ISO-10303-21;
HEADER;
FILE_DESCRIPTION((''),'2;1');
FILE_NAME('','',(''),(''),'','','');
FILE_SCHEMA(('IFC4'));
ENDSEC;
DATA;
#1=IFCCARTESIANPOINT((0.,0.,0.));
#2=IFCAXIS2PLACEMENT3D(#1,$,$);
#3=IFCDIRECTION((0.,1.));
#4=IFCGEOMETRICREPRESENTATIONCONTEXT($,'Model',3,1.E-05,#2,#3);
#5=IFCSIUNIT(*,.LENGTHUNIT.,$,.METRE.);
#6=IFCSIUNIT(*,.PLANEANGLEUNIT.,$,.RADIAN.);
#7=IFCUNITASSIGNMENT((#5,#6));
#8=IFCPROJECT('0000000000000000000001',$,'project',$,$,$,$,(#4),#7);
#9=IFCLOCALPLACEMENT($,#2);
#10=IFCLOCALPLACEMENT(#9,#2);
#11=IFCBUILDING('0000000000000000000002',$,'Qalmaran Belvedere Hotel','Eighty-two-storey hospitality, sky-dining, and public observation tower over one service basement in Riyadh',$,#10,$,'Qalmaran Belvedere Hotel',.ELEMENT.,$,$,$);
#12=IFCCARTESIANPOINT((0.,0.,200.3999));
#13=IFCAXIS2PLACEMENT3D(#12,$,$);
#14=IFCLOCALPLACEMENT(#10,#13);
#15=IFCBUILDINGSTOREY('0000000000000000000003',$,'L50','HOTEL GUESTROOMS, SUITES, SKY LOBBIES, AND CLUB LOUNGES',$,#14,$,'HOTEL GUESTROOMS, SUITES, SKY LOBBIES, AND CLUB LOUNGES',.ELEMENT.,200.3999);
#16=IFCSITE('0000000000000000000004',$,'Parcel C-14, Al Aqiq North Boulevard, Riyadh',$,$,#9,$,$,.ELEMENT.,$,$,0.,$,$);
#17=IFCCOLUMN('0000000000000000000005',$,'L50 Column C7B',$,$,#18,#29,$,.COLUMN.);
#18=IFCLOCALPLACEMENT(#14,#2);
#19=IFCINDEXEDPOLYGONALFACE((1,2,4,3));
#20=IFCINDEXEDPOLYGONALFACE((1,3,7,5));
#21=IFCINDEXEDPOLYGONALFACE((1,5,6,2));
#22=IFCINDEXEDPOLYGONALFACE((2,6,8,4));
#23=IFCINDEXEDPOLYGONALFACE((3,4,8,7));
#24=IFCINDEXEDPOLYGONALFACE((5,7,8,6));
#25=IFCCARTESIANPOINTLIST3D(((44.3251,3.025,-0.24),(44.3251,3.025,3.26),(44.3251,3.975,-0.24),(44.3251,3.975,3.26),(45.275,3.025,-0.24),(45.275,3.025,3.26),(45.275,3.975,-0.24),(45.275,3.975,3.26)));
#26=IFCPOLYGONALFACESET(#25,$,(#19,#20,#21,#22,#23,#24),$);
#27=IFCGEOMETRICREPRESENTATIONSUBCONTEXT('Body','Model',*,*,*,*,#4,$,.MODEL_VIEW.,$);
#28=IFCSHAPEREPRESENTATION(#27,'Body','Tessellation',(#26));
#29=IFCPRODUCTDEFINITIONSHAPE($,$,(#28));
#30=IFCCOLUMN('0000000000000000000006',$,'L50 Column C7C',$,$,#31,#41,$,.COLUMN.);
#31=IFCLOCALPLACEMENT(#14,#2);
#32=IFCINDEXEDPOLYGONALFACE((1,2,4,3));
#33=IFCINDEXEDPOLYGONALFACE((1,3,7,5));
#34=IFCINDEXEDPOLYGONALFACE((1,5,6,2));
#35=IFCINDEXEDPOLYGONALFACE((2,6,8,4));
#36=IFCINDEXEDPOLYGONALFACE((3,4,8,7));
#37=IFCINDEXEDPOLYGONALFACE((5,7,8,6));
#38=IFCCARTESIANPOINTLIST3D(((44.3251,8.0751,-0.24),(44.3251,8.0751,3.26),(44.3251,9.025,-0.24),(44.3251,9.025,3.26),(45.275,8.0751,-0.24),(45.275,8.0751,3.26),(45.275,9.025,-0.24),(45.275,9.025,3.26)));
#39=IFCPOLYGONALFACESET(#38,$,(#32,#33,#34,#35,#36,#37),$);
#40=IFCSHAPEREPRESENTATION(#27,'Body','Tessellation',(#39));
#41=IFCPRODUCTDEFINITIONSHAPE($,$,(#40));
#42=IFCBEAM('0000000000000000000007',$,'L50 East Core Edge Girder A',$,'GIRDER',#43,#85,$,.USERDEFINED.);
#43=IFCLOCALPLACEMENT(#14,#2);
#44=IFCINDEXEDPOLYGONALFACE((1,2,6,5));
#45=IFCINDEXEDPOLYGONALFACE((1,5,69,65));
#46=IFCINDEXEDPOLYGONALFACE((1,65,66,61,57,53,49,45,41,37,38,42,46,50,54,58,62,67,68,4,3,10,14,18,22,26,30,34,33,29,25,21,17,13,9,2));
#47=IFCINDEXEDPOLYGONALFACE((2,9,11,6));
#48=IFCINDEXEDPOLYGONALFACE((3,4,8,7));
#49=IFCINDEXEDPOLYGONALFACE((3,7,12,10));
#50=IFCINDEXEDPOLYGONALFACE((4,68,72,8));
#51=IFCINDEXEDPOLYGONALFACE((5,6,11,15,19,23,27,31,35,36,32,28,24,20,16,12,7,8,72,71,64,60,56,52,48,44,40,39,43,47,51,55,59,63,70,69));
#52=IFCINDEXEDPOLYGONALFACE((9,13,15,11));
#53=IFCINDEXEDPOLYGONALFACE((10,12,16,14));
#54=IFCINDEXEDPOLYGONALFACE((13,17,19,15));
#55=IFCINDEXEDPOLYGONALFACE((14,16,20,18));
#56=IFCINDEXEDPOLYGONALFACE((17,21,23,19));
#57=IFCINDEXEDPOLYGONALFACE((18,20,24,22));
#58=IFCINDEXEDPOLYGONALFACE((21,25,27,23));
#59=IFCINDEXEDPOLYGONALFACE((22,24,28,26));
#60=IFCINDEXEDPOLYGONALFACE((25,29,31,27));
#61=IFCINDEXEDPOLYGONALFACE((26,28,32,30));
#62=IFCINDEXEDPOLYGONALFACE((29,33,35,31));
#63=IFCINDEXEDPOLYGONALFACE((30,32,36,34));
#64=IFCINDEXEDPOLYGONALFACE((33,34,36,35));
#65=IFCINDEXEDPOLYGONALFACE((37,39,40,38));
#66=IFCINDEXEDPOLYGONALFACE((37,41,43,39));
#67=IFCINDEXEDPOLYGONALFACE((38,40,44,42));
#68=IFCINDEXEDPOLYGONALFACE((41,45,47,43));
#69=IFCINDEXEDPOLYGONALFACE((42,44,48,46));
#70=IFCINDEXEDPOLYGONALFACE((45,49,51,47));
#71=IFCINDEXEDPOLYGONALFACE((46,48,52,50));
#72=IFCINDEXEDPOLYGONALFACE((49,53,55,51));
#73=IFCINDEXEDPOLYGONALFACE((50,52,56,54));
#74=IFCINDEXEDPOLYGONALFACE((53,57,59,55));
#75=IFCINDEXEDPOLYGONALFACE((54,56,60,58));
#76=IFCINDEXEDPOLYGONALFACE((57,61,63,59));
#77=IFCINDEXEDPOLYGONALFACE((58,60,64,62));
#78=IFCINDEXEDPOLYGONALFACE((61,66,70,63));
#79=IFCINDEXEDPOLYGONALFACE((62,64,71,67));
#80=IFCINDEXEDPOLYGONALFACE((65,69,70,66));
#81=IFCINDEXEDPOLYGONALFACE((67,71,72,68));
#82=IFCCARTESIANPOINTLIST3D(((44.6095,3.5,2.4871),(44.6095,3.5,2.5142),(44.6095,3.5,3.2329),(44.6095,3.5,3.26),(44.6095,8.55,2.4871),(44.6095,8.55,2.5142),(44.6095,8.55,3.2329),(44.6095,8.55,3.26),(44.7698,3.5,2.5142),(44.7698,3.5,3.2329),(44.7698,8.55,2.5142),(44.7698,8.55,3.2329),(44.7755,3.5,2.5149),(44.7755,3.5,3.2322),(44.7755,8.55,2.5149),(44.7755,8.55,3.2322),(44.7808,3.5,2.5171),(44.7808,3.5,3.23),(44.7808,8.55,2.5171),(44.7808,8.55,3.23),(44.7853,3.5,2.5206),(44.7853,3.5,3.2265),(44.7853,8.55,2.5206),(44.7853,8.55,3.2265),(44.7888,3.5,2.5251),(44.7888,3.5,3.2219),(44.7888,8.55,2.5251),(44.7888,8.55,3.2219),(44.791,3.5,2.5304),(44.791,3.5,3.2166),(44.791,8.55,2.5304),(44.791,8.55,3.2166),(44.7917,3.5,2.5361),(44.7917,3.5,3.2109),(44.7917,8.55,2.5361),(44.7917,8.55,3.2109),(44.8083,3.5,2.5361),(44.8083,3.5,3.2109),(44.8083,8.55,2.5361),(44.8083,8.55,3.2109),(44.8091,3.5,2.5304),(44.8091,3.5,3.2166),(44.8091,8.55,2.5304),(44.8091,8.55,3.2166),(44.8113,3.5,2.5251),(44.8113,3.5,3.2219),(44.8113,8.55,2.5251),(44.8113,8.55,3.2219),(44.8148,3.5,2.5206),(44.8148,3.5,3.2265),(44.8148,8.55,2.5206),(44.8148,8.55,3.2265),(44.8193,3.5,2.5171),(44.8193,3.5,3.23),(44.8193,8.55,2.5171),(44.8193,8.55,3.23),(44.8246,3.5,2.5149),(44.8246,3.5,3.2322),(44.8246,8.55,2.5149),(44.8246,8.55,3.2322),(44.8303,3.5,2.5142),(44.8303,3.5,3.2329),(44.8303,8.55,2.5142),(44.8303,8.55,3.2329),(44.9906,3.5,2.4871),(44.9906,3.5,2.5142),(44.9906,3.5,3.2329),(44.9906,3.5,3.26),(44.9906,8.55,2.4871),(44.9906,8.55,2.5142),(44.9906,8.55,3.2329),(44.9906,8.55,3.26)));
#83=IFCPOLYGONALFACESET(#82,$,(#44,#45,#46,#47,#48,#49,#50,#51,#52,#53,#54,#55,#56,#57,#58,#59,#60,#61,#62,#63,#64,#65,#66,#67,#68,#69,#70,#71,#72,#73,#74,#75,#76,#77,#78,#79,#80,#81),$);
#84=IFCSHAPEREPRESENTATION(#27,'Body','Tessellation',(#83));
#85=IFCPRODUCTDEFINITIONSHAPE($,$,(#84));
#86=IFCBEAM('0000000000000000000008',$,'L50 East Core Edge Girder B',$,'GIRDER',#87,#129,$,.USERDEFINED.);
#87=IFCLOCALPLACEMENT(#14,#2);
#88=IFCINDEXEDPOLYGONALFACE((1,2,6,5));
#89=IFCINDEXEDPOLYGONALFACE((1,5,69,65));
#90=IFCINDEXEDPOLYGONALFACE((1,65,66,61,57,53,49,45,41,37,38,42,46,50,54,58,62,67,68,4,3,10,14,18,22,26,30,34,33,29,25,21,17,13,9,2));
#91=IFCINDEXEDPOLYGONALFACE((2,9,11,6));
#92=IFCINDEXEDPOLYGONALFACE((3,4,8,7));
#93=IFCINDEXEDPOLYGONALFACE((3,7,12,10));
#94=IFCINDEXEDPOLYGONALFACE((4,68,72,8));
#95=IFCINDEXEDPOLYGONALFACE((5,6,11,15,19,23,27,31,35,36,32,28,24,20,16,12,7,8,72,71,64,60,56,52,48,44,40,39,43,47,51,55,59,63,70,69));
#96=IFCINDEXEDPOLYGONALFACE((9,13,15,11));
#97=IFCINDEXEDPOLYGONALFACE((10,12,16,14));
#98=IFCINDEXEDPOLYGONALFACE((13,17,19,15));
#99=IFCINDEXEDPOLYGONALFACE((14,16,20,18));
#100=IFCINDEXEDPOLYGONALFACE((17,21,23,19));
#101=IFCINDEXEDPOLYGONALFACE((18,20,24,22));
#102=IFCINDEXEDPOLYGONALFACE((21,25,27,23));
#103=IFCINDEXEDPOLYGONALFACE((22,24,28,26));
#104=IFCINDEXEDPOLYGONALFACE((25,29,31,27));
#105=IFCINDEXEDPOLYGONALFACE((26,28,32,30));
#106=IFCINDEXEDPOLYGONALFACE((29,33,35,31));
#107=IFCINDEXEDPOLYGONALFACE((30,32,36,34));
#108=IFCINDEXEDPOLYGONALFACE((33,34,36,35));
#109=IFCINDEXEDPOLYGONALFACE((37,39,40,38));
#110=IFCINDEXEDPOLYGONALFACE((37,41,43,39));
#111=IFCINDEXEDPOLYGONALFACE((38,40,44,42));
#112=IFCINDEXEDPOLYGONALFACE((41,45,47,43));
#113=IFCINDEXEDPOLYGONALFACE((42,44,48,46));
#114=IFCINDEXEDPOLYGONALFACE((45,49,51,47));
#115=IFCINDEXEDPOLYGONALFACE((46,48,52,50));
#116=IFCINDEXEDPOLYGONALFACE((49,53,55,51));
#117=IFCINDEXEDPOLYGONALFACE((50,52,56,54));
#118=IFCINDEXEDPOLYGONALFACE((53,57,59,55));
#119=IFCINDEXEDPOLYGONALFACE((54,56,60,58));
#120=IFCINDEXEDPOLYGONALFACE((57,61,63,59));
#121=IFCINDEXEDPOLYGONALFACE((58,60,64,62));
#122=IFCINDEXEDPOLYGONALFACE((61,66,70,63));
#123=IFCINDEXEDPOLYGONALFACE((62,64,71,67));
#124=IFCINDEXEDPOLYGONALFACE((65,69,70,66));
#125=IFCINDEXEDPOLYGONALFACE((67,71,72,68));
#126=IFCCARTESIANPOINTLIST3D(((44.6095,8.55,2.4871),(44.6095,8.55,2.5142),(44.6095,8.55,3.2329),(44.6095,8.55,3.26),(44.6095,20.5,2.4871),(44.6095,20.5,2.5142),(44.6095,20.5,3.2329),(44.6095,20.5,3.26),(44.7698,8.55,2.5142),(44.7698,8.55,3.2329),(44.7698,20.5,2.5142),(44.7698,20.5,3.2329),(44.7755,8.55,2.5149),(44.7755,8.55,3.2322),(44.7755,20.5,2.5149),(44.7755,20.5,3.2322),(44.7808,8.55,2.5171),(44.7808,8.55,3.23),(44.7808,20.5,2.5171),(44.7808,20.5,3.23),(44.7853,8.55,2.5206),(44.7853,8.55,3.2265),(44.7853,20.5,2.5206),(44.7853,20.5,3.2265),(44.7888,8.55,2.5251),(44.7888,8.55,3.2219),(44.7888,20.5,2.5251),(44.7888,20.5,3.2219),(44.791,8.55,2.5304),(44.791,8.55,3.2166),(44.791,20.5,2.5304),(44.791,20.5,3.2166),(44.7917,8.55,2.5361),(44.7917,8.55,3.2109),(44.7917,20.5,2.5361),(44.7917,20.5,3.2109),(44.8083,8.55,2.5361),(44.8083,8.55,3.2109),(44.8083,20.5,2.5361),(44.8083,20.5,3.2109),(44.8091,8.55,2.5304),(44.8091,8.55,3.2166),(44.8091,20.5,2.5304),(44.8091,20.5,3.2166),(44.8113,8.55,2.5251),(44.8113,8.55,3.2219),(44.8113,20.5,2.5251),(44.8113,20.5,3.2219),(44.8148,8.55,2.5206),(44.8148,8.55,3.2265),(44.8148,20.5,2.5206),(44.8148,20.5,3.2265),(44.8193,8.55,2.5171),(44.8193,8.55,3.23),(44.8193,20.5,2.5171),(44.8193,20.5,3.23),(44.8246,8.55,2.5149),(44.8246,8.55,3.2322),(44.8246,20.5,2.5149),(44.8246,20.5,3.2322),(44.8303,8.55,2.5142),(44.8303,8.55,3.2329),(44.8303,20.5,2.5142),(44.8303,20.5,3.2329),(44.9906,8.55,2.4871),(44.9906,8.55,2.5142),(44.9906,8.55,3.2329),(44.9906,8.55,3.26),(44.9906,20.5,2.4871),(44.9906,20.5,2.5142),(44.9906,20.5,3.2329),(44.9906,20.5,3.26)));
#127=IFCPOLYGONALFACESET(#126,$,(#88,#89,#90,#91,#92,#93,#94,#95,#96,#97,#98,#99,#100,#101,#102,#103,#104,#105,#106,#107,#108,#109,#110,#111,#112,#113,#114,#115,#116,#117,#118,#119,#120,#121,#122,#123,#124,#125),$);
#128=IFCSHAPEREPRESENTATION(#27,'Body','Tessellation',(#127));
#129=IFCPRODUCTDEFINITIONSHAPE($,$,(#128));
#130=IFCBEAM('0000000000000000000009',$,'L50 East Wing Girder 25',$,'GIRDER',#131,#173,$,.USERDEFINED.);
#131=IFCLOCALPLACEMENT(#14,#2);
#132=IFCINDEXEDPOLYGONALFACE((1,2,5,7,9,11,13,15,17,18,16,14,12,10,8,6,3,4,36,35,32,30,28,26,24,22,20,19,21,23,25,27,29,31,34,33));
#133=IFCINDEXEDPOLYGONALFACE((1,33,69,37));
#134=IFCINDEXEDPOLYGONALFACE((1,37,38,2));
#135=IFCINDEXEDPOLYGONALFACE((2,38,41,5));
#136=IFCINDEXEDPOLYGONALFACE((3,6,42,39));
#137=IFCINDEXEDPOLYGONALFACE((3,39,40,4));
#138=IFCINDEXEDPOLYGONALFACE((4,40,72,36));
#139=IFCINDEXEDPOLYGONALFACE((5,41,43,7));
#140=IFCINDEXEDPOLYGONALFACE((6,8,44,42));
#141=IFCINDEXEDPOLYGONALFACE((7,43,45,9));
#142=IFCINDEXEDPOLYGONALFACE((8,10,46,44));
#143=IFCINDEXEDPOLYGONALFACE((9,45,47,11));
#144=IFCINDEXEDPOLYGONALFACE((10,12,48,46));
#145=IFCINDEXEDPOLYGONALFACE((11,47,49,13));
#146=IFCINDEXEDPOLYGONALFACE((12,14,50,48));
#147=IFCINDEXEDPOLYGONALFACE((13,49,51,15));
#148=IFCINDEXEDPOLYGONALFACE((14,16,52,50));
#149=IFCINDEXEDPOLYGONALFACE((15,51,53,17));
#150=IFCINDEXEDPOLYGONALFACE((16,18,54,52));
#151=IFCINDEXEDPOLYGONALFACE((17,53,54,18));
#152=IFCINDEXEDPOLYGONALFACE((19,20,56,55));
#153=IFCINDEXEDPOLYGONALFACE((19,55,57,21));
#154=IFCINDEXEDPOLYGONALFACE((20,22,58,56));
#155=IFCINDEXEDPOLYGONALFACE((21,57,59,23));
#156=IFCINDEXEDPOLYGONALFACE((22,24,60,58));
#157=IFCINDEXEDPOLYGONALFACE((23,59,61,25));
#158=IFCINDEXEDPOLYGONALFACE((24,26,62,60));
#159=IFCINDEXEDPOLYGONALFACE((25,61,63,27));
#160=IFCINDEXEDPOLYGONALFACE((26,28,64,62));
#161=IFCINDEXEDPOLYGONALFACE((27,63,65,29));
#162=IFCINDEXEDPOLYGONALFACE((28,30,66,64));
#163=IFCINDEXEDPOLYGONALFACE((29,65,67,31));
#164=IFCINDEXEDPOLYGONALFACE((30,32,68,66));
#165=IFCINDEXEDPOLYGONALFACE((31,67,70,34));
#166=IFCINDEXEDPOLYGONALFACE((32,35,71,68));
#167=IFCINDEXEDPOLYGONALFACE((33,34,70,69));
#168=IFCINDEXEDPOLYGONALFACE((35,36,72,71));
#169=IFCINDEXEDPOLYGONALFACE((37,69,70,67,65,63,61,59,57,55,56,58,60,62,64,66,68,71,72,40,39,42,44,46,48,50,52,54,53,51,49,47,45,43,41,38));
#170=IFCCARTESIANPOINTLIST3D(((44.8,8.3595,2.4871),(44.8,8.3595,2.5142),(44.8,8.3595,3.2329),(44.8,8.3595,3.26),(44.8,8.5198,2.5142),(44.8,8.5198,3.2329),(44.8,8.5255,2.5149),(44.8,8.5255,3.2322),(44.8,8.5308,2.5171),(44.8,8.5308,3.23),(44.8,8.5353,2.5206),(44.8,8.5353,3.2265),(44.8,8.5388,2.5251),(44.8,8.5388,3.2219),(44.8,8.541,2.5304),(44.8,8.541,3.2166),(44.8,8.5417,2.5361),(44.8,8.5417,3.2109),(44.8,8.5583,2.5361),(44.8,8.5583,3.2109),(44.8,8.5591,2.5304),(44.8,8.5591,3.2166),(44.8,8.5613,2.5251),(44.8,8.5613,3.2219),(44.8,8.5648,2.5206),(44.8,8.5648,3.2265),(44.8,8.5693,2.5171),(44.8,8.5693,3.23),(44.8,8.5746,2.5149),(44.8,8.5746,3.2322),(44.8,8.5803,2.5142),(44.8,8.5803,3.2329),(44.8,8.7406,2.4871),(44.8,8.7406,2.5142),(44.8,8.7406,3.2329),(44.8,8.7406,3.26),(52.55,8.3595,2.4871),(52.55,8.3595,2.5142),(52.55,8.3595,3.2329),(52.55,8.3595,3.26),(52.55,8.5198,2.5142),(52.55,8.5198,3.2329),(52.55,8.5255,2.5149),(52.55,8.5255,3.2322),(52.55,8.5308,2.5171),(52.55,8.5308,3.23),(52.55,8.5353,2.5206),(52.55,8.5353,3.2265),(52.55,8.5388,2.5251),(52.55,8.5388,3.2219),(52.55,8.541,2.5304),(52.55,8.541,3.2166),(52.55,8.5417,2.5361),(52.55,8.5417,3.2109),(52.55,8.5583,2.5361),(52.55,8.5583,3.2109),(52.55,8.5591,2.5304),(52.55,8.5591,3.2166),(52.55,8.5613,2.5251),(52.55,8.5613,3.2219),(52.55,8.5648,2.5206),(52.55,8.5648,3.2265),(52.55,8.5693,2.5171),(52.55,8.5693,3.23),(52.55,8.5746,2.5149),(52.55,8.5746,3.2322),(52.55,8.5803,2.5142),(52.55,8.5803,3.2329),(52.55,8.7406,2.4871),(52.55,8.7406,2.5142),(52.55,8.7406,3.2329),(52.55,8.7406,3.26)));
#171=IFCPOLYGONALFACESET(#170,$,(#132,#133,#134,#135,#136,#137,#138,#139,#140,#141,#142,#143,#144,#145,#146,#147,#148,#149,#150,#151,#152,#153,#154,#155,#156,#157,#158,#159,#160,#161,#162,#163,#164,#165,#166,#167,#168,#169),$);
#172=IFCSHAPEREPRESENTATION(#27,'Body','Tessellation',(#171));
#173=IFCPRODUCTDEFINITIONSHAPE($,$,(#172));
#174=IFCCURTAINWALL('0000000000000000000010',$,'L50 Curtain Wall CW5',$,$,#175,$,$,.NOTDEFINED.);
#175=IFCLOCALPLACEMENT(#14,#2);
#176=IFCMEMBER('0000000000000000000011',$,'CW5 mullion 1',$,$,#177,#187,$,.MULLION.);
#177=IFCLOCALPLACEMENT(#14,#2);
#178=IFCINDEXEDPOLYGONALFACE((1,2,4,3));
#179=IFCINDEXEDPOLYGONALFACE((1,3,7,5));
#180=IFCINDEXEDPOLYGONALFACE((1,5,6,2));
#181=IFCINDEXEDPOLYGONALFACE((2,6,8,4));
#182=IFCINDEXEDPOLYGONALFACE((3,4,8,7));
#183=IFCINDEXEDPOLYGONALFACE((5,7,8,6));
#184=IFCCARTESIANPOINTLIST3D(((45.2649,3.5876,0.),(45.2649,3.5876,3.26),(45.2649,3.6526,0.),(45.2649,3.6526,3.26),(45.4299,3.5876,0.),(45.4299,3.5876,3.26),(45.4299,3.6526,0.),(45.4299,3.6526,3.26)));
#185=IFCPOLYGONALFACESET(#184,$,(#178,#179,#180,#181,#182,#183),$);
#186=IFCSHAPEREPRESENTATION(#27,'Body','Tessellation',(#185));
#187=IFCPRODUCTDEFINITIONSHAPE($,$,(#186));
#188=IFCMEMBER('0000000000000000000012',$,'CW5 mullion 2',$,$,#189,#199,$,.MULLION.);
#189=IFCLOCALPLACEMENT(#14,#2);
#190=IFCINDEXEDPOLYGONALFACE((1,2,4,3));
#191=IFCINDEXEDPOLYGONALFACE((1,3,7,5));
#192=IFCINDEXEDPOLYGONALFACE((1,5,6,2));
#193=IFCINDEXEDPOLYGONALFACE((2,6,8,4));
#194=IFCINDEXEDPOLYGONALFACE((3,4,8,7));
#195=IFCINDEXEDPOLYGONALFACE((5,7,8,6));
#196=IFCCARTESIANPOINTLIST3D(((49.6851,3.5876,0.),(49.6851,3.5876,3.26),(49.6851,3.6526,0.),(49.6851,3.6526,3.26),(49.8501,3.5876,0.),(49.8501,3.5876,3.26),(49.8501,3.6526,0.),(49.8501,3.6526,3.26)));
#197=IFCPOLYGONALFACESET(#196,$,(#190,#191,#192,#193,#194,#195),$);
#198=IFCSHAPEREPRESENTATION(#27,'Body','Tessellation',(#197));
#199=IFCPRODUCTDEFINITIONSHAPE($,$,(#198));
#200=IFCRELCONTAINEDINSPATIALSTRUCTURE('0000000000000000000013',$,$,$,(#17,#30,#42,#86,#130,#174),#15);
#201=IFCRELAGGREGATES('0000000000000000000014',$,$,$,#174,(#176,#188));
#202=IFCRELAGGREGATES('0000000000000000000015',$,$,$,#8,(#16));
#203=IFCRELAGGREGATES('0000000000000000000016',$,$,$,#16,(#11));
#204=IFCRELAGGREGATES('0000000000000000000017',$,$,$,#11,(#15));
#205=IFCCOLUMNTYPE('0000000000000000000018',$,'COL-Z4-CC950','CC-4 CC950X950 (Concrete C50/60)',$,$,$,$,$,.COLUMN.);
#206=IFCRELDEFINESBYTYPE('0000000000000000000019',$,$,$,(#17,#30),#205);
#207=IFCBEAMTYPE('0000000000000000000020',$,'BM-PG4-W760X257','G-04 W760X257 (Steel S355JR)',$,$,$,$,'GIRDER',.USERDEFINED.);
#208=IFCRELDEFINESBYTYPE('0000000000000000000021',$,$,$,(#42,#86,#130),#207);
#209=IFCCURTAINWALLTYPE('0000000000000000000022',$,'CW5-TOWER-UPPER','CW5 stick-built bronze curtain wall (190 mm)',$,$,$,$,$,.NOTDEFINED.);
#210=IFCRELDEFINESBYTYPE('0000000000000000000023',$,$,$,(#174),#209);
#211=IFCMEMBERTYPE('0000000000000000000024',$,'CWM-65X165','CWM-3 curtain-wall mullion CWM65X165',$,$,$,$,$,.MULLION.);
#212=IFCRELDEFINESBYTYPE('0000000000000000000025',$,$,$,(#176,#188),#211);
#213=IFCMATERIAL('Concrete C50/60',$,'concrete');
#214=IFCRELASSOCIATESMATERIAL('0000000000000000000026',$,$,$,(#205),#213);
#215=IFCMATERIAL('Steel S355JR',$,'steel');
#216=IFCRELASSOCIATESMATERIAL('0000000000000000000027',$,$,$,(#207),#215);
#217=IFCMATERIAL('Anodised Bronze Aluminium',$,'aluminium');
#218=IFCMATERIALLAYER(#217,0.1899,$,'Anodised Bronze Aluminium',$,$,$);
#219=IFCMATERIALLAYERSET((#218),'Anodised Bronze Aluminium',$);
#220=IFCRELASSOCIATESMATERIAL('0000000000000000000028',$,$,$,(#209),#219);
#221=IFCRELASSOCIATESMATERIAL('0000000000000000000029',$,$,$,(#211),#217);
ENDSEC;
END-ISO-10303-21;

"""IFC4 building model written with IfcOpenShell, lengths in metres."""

from ifc_helpers import new_model, si_unit, direction, frame, origin, origin_2d, place, context, subcontext, project, spatial, rectangle, i_section, extrude, material, layer, layer_set, material_profile, profile_set, type_object, element, aggregate, save


model = new_model("IFC4")

# Units and contexts
model_context = context("Model", 3, precision=1e-05, world=origin(), true_north=direction((0.0, 1.0)))
body_context = subcontext(model_context, "Body", "Model", "MODEL_VIEW")
ifc_project = project(units=[si_unit("LENGTHUNIT", "METRE"), si_unit("PLANEANGLEUNIT", "RADIAN")], contexts=[model_context])

# Site, building, storey
site_placement = place(None, origin())
site = spatial("IfcSite", under=ifc_project, at=site_placement, Name="Parcel C-14, Al Aqiq North Boulevard, Riyadh", CompositionType="ELEMENT", RefElevation=0.0)
building_placement = place(site_placement, origin())
building = spatial("IfcBuilding", under=site, at=building_placement, Name="Qalmaran Belvedere Hotel", Description="Eighty-two-storey hospitality, sky-dining, and public observation tower over one service basement in Riyadh", LongName="Qalmaran Belvedere Hotel", CompositionType="ELEMENT")
storey_placement = place(building_placement, frame((0.0, 0.0, 200.3999)))
storey = spatial("IfcBuildingStorey", under=building, at=storey_placement, Name="L50", Description="HOTEL GUESTROOMS, SUITES, SKY LOBBIES, AND CLUB LOUNGES", LongName="HOTEL GUESTROOMS, SUITES, SKY LOBBIES, AND CLUB LOUNGES", CompositionType="ELEMENT", Elevation=200.3999)

# Columns
ifc_material_1 = material(Name="Concrete C50/60", Category="concrete")
ifc_material_profile_1 = material_profile(ifc_material_1, rectangle(XDim=0.95, YDim=0.95, at=origin_2d()), Name="CC950X950")
ifc_profile_set_1 = profile_set([ifc_material_profile_1], Name="Concrete C50/60")
column_type = type_object("IfcColumnType", Name="COL-Z4-CC950", Description="CC-4 CC950X950 (Concrete C50/60)", PredefinedType="COLUMN", material=ifc_profile_set_1)
for number, where, z_axis, x_axis, name in (
    (1, (44.8, 3.5, -0.24), (0.0, 0.0, 1.0), (1.0, 0.0, 0.0), "L50 Column C7B"),
    (2, (44.8, 8.55, -0.24), (0.0, 0.0, 1.0), (1.0, 0.0, 0.0), "L50 Column C7C"),
):
    element("IfcColumn", number, at=place(storey_placement, frame(where, z_axis=z_axis, x_axis=x_axis)), inside=storey, type_object=column_type, Name=name, PredefinedType="COLUMN", context=body_context, shape_type="SweptSolid", body=[
        extrude(rectangle(XDim=0.95, YDim=0.95, at=origin_2d()), origin(), (0.0, 0.0, 1.0), 3.5),
    ])

# Beams
ifc_material_2 = material(Name="Steel S355JR", Category="steel")
ifc_material_profile_2 = material_profile(ifc_material_2, i_section(OverallWidth=0.3811, OverallDepth=0.7729, WebThickness=0.0166, FlangeThickness=0.0271, FilletRadius=0.022, at=origin_2d()), Name="W760X257")
ifc_profile_set_2 = profile_set([ifc_material_profile_2], Name="Steel S355JR")
beam_type = type_object("IfcBeamType", Name="BM-PG4-W760X257", Description="G-04 W760X257 (Steel S355JR)", ElementType="GIRDER", PredefinedType="USERDEFINED", material=ifc_profile_set_2)
beam_1_placement = place(storey_placement, frame((44.8, 3.5, 2.8735), z_axis=(0.0, 1.0, 0.0), x_axis=(-1.0, 0.0, 0.0)))
element("IfcBeam", 3, at=beam_1_placement, inside=storey, type_object=beam_type, Name="L50 East Core Edge Girder A", ObjectType="GIRDER", PredefinedType="USERDEFINED", context=body_context, shape_type="SweptSolid", body=[
    extrude(i_section(OverallWidth=0.3811, OverallDepth=0.7729, WebThickness=0.0166, FlangeThickness=0.0271, FilletRadius=0.022, at=origin_2d()), origin(), (0.0, 0.0, 1.0), 5.05),
])
beam_2_placement = place(storey_placement, frame((44.8, 8.55, 2.8735), z_axis=(0.0, 1.0, 0.0), x_axis=(-1.0, 0.0, 0.0)))
element("IfcBeam", 4, at=beam_2_placement, inside=storey, type_object=beam_type, Name="L50 East Core Edge Girder B", ObjectType="GIRDER", PredefinedType="USERDEFINED", context=body_context, shape_type="SweptSolid", body=[
    extrude(i_section(OverallWidth=0.3811, OverallDepth=0.7729, WebThickness=0.0166, FlangeThickness=0.0271, FilletRadius=0.022, at=origin_2d()), origin(), (0.0, 0.0, 1.0), 11.95),
])
beam_3_placement = place(storey_placement, frame((44.8, 8.55, 2.8735), z_axis=(1.0, 0.0, 0.0), x_axis=(0.0, 1.0, 0.0)))
element("IfcBeam", 5, at=beam_3_placement, inside=storey, type_object=beam_type, Name="L50 East Wing Girder 25", ObjectType="GIRDER", PredefinedType="USERDEFINED", context=body_context, shape_type="SweptSolid", body=[
    extrude(i_section(OverallWidth=0.3811, OverallDepth=0.7729, WebThickness=0.0166, FlangeThickness=0.0271, FilletRadius=0.022, at=origin_2d()), origin(), (0.0, 0.0, 1.0), 7.75),
])

# Curtain wall, members
ifc_material_3 = material(Name="Anodised Bronze Aluminium", Category="aluminium")
ifc_layer_1 = layer(ifc_material_3, 0.1899, Name="Anodised Bronze Aluminium")
ifc_layer_set_1 = layer_set([ifc_layer_1], Name="Anodised Bronze Aluminium")
curtain_wall_type = type_object("IfcCurtainWallType", Name="CW5-TOWER-UPPER", Description="CW5 stick-built bronze curtain wall (190 mm)", PredefinedType="NOTDEFINED", material=ifc_layer_set_1)
curtain_wall_1_placement = place(storey_placement, origin())
curtain_wall_1 = element("IfcCurtainWall", 6, at=curtain_wall_1_placement, inside=storey, type_object=curtain_wall_type, Name="L50 Curtain Wall CW5", PredefinedType="NOTDEFINED")
ifc_material_profile_3 = material_profile(ifc_material_3, rectangle(XDim=0.0649, YDim=0.165, at=origin_2d()), Name="CWM65X165")
ifc_profile_set_3 = profile_set([ifc_material_profile_3], Name="Anodised Bronze Aluminium")
member_type_1 = type_object("IfcMemberType", Name="CWM-65X165", Description="CWM-3 curtain-wall mullion CWM65X165", PredefinedType="MULLION", material=ifc_profile_set_3)
member_1_placement = place(storey_placement, frame((45.3474, 3.6201, 0.0), z_axis=(0.0, 0.0, 1.0), x_axis=(0.0, 1.0, 0.0)))
member_1 = element("IfcMember", 7, at=member_1_placement, type_object=member_type_1, Name="CW5 mullion 1", PredefinedType="MULLION", context=body_context, shape_type="SweptSolid", body=[
    extrude(rectangle(XDim=0.0649, YDim=0.165, at=origin_2d()), origin(), (0.0, 0.0, 1.0), 3.26),
])
member_2_placement = place(storey_placement, frame((49.7676, 3.6201, 0.0), z_axis=(0.0, 0.0, 1.0), x_axis=(0.0, 1.0, 0.0)))
member_2 = element("IfcMember", 8, at=member_2_placement, type_object=member_type_1, Name="CW5 mullion 2", PredefinedType="MULLION", context=body_context, shape_type="SweptSolid", body=[
    extrude(rectangle(XDim=0.0649, YDim=0.165, at=origin_2d()), origin(), (0.0, 0.0, 1.0), 3.26),
])

aggregate(curtain_wall_1, [member_1, member_2])

save(model, "model.ifc")
